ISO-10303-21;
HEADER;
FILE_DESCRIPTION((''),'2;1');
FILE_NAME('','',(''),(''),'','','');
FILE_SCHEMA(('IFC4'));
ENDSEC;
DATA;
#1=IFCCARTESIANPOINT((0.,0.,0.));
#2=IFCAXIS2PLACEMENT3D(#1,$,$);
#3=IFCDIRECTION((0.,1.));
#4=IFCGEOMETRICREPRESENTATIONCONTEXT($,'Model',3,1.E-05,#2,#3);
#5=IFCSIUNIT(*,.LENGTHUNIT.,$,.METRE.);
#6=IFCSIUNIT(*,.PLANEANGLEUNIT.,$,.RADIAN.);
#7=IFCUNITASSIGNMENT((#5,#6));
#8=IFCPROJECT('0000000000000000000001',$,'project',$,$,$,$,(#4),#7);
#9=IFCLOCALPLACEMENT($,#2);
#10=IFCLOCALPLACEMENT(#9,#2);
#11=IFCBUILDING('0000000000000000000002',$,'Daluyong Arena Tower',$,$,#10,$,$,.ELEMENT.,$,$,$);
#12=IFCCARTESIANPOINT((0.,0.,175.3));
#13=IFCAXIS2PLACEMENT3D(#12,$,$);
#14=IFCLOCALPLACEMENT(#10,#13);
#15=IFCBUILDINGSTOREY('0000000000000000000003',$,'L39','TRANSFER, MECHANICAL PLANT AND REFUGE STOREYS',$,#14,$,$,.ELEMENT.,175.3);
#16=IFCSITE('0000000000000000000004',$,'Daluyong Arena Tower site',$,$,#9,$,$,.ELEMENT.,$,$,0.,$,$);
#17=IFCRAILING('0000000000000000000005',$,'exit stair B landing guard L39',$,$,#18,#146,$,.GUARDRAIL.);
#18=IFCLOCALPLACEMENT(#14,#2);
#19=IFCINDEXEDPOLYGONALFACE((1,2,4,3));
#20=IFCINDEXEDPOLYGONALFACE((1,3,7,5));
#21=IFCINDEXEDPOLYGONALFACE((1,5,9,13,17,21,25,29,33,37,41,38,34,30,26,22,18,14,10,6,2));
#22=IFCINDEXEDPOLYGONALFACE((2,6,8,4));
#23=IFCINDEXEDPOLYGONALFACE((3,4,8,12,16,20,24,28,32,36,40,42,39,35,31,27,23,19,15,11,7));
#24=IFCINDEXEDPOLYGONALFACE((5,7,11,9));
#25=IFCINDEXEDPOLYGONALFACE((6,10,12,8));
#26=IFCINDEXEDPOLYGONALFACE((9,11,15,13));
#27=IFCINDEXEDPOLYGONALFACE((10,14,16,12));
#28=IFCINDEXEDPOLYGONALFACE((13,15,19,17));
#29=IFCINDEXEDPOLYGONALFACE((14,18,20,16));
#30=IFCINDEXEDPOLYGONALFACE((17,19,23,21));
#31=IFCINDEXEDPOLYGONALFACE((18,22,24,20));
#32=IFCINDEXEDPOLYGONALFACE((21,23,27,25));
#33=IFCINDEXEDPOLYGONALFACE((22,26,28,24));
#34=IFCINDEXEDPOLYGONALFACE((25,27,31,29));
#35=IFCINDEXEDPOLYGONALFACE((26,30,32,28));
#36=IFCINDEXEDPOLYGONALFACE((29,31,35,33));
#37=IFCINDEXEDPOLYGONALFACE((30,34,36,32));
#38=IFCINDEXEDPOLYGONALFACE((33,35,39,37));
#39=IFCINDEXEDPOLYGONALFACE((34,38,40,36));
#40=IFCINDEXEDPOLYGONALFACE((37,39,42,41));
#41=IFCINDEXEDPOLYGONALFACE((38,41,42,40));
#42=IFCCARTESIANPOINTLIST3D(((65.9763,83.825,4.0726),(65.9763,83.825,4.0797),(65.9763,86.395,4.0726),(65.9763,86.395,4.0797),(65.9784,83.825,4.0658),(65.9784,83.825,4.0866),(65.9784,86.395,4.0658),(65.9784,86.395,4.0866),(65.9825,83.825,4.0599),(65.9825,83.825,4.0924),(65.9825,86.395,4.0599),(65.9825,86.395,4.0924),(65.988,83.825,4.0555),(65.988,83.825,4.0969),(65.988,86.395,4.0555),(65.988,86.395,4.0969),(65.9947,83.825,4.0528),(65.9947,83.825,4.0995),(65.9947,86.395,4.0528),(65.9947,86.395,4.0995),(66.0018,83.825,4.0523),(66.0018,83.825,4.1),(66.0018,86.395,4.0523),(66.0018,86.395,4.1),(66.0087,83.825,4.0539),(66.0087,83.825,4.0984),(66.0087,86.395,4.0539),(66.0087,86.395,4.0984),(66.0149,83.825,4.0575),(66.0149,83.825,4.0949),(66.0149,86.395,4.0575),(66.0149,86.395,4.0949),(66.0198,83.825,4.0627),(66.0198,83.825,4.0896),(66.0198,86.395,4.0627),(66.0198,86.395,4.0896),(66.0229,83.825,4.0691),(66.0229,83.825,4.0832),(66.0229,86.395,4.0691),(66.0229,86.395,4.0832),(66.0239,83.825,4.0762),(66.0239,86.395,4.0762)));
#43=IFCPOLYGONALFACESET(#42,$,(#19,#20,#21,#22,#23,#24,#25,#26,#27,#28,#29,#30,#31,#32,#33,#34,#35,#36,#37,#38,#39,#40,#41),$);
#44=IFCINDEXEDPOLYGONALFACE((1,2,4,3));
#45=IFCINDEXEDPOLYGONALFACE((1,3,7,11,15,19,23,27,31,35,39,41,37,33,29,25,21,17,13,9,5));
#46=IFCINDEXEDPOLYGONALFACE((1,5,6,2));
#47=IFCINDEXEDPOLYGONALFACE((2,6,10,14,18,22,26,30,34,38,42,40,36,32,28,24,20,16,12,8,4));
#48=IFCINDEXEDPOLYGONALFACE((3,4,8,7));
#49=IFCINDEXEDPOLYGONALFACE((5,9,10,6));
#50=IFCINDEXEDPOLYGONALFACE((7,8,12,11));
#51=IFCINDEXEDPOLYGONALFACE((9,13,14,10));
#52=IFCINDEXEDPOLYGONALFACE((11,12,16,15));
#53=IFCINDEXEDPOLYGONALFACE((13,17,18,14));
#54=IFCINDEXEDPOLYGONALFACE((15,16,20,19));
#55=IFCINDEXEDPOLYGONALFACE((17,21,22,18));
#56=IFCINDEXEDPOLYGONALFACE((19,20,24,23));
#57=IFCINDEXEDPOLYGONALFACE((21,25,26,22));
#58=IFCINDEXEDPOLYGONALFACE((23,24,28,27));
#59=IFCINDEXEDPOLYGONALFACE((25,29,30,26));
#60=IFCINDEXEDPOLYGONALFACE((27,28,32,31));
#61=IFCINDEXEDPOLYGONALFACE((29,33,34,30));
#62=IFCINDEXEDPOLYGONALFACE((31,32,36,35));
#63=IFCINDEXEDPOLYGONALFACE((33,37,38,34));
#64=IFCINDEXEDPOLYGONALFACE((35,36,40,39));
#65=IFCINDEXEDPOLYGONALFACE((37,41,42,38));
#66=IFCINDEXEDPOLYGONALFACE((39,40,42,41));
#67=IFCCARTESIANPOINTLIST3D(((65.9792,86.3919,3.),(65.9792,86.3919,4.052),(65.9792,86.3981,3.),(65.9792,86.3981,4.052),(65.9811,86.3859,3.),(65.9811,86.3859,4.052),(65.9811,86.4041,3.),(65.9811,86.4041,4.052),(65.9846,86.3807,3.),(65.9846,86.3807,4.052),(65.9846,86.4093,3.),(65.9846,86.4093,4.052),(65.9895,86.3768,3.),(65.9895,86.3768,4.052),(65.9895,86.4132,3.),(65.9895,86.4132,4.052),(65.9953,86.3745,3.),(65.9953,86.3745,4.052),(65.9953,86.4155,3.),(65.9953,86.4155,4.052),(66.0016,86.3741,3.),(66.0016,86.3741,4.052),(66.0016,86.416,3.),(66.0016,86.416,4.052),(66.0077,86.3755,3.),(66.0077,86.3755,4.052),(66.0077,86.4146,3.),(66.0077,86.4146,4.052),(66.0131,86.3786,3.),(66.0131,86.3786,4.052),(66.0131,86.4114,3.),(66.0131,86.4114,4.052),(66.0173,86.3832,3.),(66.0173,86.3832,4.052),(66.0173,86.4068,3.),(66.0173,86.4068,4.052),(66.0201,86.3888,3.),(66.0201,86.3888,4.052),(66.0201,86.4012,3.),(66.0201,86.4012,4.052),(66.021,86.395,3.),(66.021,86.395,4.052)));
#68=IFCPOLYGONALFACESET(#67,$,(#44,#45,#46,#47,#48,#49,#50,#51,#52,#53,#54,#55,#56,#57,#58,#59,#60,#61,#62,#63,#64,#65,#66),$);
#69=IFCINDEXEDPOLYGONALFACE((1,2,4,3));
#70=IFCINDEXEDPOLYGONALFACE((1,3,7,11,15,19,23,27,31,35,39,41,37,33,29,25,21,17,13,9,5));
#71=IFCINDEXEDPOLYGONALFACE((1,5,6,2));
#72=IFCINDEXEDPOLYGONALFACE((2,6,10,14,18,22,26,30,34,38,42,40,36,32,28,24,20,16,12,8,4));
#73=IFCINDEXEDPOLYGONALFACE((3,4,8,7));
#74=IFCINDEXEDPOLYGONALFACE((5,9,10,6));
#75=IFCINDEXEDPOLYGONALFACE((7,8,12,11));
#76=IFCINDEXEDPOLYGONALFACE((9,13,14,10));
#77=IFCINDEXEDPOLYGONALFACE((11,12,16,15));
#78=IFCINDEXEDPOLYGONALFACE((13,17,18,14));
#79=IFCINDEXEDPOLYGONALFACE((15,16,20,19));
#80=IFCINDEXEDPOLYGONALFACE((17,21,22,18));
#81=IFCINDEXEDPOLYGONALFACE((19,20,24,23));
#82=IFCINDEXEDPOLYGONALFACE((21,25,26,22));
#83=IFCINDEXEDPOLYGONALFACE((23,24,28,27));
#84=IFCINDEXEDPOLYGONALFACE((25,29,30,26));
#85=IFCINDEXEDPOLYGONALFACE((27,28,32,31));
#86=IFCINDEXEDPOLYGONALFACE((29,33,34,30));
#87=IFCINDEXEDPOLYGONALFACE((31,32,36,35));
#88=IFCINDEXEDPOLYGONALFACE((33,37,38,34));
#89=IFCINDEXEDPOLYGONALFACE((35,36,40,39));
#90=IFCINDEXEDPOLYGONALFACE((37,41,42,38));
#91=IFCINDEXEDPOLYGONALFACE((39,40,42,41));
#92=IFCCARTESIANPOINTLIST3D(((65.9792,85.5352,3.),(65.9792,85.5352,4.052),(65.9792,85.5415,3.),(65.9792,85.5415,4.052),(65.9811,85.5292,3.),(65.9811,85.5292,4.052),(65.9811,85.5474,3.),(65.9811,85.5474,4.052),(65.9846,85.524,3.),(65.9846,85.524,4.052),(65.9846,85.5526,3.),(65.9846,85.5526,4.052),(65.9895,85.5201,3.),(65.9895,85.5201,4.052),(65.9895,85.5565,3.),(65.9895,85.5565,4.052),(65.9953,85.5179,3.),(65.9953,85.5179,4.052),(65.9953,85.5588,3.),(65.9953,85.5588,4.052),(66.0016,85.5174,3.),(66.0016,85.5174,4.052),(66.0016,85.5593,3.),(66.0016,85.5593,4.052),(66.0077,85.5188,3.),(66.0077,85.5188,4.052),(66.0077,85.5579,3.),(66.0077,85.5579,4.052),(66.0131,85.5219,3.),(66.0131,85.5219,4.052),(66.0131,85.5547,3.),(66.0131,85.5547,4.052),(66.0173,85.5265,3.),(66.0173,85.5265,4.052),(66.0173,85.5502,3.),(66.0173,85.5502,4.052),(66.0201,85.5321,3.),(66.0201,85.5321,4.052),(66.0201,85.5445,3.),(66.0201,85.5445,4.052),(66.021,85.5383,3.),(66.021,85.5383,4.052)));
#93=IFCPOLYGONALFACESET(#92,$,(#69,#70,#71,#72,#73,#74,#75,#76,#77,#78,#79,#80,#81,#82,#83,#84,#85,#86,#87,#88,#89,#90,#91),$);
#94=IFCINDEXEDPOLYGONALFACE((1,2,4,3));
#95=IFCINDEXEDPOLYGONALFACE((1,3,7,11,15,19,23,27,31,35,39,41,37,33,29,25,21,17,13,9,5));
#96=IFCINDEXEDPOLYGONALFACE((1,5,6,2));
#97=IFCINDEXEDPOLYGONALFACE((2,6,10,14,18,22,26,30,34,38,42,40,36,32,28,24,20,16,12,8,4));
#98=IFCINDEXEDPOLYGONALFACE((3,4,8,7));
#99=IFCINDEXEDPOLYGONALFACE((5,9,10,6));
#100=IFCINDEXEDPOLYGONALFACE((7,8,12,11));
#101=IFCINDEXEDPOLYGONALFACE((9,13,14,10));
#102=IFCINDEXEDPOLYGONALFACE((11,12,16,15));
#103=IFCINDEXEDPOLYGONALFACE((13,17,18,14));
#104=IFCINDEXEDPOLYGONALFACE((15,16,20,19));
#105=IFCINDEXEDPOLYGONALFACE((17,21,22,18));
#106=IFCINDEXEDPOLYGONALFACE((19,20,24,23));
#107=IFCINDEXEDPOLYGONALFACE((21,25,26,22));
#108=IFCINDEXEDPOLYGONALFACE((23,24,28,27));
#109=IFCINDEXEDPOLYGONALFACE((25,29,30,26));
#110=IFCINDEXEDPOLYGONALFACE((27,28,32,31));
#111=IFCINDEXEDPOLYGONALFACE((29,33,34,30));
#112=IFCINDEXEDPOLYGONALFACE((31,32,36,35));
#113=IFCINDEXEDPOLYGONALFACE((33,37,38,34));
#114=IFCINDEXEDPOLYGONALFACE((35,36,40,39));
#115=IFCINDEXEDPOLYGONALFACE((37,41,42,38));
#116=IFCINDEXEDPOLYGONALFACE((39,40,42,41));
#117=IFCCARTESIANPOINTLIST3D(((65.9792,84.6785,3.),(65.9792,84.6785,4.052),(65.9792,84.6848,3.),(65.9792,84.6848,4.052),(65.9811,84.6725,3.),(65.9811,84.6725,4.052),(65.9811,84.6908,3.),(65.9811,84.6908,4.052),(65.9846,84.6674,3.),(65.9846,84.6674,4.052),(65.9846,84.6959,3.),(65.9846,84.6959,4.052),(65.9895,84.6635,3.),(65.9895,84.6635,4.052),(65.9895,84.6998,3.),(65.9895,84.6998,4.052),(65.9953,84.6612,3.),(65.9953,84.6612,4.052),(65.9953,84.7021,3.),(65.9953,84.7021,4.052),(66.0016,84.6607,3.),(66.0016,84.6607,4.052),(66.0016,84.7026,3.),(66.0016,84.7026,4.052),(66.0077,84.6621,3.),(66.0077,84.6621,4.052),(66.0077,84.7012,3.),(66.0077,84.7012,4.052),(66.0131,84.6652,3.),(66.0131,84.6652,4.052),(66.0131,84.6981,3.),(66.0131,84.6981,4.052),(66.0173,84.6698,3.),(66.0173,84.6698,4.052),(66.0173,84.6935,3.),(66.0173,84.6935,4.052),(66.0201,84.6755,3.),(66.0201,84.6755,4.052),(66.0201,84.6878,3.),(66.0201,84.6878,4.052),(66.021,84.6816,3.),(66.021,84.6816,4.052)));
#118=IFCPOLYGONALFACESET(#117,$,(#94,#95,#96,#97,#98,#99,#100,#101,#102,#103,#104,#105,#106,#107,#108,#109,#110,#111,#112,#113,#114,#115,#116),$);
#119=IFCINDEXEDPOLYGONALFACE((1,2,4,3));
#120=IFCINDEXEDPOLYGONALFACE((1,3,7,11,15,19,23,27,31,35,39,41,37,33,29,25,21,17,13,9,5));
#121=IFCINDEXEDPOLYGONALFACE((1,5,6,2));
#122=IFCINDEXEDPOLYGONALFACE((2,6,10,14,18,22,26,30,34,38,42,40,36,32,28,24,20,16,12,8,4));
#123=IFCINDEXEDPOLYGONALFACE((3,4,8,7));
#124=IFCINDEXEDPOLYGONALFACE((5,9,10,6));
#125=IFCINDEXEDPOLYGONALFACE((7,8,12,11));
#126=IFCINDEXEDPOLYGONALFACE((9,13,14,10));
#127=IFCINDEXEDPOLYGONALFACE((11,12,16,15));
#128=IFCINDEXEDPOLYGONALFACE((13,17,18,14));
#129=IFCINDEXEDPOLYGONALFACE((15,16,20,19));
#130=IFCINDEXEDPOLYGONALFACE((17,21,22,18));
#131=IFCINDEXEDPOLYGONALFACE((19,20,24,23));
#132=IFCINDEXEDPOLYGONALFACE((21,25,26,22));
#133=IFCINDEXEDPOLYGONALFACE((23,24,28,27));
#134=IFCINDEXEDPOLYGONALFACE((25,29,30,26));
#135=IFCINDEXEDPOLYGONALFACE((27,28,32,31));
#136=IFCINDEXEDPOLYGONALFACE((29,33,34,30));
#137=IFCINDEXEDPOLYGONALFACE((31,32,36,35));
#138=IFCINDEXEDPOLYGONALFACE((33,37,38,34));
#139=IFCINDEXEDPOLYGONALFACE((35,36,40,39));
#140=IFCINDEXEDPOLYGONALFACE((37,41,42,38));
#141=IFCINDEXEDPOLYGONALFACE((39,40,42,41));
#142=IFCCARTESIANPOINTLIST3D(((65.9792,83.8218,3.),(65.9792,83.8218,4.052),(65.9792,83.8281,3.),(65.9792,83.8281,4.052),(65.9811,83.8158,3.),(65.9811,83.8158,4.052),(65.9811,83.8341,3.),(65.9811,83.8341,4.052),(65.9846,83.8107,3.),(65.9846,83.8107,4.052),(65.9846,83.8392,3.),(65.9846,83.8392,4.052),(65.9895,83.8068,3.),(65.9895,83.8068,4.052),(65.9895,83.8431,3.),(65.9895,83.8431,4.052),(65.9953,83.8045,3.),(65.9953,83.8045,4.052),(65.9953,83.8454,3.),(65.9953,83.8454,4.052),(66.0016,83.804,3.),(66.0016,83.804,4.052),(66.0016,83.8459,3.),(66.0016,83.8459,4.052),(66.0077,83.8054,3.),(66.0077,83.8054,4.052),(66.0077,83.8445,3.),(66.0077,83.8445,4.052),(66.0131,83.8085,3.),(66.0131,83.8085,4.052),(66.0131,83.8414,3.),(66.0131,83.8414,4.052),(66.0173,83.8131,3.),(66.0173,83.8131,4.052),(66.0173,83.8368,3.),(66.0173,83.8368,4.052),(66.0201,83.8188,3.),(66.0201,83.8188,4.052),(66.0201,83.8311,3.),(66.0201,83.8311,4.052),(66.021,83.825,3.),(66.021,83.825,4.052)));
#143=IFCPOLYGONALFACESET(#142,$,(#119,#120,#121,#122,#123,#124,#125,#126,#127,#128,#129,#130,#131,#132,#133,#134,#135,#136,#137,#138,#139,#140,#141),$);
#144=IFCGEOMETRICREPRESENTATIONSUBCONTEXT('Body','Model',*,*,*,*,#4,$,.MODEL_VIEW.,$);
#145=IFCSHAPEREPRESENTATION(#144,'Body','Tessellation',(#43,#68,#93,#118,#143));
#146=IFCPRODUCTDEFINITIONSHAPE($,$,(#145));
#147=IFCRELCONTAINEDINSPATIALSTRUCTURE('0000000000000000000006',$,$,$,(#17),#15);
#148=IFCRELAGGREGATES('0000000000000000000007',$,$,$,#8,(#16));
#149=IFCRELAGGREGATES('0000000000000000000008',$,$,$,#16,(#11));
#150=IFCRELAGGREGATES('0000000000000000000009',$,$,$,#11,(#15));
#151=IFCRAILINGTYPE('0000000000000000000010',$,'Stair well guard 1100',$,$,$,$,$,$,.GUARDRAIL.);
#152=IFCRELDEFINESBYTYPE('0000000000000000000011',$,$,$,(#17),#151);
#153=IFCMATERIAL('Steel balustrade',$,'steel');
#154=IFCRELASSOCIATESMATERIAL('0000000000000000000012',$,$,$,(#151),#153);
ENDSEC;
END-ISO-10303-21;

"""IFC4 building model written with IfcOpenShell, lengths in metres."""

from ifc_helpers import new_model, si_unit, direction, frame, origin, origin_2d, place, context, subcontext, project, spatial, circle, extrude, material, type_object, element, save


model = new_model("IFC4")

# Units and contexts
model_context = context("Model", 3, precision=1e-05, world=origin(), true_north=direction((0.0, 1.0)))
body_context = subcontext(model_context, "Body", "Model", "MODEL_VIEW")
ifc_project = project(units=[si_unit("LENGTHUNIT", "METRE"), si_unit("PLANEANGLEUNIT", "RADIAN")], contexts=[model_context])

# Site, building, storey
site_placement = place(None, origin())
site = spatial("IfcSite", under=ifc_project, at=site_placement, Name="Daluyong Arena Tower site", CompositionType="ELEMENT", RefElevation=0.0)
building_placement = place(site_placement, origin())
building = spatial("IfcBuilding", under=site, at=building_placement, Name="Daluyong Arena Tower", CompositionType="ELEMENT")
storey_placement = place(building_placement, frame((0.0, 0.0, 175.3)))
storey = spatial("IfcBuildingStorey", under=building, at=storey_placement, Name="L39", Description="TRANSFER, MECHANICAL PLANT AND REFUGE STOREYS", CompositionType="ELEMENT", Elevation=175.3)

# Railing
ifc_material_1 = material(Name="Steel balustrade", Category="steel")
railing_type_1 = type_object("IfcRailingType", Name="Stair well guard 1100", PredefinedType="GUARDRAIL", material=ifc_material_1)
railing_1_placement = place(storey_placement, frame((66.0, 86.395, 3.0)))
element("IfcRailing", 1, at=railing_1_placement, inside=storey, type_object=railing_type_1, Name="exit stair B landing guard L39", PredefinedType="GUARDRAIL", context=body_context, shape_type="SweptSolid", body=[
    extrude(circle(Radius=0.0239, at=origin_2d()), frame((0.0, 0.0, 1.0762), z_axis=(0.0, -1.0, 0.0), x_axis=(1.0, 0.0, 0.0)), (0.0, 0.0, 1.0), 2.5701),
    extrude(circle(Radius=0.021, at=origin_2d()), origin(), (0.0, 0.0, 1.0), 1.052),
    extrude(circle(Radius=0.021, at=origin_2d()), frame((0.0, -0.8567, 0.0)), (0.0, 0.0, 1.0), 1.052),
    extrude(circle(Radius=0.021, at=origin_2d()), frame((0.0, -1.7134, 0.0)), (0.0, 0.0, 1.0), 1.052),
    extrude(circle(Radius=0.021, at=origin_2d()), frame((0.0, -2.5701, 0.0)), (0.0, 0.0, 1.0), 1.052),
])

save(model, "model.ifc")
